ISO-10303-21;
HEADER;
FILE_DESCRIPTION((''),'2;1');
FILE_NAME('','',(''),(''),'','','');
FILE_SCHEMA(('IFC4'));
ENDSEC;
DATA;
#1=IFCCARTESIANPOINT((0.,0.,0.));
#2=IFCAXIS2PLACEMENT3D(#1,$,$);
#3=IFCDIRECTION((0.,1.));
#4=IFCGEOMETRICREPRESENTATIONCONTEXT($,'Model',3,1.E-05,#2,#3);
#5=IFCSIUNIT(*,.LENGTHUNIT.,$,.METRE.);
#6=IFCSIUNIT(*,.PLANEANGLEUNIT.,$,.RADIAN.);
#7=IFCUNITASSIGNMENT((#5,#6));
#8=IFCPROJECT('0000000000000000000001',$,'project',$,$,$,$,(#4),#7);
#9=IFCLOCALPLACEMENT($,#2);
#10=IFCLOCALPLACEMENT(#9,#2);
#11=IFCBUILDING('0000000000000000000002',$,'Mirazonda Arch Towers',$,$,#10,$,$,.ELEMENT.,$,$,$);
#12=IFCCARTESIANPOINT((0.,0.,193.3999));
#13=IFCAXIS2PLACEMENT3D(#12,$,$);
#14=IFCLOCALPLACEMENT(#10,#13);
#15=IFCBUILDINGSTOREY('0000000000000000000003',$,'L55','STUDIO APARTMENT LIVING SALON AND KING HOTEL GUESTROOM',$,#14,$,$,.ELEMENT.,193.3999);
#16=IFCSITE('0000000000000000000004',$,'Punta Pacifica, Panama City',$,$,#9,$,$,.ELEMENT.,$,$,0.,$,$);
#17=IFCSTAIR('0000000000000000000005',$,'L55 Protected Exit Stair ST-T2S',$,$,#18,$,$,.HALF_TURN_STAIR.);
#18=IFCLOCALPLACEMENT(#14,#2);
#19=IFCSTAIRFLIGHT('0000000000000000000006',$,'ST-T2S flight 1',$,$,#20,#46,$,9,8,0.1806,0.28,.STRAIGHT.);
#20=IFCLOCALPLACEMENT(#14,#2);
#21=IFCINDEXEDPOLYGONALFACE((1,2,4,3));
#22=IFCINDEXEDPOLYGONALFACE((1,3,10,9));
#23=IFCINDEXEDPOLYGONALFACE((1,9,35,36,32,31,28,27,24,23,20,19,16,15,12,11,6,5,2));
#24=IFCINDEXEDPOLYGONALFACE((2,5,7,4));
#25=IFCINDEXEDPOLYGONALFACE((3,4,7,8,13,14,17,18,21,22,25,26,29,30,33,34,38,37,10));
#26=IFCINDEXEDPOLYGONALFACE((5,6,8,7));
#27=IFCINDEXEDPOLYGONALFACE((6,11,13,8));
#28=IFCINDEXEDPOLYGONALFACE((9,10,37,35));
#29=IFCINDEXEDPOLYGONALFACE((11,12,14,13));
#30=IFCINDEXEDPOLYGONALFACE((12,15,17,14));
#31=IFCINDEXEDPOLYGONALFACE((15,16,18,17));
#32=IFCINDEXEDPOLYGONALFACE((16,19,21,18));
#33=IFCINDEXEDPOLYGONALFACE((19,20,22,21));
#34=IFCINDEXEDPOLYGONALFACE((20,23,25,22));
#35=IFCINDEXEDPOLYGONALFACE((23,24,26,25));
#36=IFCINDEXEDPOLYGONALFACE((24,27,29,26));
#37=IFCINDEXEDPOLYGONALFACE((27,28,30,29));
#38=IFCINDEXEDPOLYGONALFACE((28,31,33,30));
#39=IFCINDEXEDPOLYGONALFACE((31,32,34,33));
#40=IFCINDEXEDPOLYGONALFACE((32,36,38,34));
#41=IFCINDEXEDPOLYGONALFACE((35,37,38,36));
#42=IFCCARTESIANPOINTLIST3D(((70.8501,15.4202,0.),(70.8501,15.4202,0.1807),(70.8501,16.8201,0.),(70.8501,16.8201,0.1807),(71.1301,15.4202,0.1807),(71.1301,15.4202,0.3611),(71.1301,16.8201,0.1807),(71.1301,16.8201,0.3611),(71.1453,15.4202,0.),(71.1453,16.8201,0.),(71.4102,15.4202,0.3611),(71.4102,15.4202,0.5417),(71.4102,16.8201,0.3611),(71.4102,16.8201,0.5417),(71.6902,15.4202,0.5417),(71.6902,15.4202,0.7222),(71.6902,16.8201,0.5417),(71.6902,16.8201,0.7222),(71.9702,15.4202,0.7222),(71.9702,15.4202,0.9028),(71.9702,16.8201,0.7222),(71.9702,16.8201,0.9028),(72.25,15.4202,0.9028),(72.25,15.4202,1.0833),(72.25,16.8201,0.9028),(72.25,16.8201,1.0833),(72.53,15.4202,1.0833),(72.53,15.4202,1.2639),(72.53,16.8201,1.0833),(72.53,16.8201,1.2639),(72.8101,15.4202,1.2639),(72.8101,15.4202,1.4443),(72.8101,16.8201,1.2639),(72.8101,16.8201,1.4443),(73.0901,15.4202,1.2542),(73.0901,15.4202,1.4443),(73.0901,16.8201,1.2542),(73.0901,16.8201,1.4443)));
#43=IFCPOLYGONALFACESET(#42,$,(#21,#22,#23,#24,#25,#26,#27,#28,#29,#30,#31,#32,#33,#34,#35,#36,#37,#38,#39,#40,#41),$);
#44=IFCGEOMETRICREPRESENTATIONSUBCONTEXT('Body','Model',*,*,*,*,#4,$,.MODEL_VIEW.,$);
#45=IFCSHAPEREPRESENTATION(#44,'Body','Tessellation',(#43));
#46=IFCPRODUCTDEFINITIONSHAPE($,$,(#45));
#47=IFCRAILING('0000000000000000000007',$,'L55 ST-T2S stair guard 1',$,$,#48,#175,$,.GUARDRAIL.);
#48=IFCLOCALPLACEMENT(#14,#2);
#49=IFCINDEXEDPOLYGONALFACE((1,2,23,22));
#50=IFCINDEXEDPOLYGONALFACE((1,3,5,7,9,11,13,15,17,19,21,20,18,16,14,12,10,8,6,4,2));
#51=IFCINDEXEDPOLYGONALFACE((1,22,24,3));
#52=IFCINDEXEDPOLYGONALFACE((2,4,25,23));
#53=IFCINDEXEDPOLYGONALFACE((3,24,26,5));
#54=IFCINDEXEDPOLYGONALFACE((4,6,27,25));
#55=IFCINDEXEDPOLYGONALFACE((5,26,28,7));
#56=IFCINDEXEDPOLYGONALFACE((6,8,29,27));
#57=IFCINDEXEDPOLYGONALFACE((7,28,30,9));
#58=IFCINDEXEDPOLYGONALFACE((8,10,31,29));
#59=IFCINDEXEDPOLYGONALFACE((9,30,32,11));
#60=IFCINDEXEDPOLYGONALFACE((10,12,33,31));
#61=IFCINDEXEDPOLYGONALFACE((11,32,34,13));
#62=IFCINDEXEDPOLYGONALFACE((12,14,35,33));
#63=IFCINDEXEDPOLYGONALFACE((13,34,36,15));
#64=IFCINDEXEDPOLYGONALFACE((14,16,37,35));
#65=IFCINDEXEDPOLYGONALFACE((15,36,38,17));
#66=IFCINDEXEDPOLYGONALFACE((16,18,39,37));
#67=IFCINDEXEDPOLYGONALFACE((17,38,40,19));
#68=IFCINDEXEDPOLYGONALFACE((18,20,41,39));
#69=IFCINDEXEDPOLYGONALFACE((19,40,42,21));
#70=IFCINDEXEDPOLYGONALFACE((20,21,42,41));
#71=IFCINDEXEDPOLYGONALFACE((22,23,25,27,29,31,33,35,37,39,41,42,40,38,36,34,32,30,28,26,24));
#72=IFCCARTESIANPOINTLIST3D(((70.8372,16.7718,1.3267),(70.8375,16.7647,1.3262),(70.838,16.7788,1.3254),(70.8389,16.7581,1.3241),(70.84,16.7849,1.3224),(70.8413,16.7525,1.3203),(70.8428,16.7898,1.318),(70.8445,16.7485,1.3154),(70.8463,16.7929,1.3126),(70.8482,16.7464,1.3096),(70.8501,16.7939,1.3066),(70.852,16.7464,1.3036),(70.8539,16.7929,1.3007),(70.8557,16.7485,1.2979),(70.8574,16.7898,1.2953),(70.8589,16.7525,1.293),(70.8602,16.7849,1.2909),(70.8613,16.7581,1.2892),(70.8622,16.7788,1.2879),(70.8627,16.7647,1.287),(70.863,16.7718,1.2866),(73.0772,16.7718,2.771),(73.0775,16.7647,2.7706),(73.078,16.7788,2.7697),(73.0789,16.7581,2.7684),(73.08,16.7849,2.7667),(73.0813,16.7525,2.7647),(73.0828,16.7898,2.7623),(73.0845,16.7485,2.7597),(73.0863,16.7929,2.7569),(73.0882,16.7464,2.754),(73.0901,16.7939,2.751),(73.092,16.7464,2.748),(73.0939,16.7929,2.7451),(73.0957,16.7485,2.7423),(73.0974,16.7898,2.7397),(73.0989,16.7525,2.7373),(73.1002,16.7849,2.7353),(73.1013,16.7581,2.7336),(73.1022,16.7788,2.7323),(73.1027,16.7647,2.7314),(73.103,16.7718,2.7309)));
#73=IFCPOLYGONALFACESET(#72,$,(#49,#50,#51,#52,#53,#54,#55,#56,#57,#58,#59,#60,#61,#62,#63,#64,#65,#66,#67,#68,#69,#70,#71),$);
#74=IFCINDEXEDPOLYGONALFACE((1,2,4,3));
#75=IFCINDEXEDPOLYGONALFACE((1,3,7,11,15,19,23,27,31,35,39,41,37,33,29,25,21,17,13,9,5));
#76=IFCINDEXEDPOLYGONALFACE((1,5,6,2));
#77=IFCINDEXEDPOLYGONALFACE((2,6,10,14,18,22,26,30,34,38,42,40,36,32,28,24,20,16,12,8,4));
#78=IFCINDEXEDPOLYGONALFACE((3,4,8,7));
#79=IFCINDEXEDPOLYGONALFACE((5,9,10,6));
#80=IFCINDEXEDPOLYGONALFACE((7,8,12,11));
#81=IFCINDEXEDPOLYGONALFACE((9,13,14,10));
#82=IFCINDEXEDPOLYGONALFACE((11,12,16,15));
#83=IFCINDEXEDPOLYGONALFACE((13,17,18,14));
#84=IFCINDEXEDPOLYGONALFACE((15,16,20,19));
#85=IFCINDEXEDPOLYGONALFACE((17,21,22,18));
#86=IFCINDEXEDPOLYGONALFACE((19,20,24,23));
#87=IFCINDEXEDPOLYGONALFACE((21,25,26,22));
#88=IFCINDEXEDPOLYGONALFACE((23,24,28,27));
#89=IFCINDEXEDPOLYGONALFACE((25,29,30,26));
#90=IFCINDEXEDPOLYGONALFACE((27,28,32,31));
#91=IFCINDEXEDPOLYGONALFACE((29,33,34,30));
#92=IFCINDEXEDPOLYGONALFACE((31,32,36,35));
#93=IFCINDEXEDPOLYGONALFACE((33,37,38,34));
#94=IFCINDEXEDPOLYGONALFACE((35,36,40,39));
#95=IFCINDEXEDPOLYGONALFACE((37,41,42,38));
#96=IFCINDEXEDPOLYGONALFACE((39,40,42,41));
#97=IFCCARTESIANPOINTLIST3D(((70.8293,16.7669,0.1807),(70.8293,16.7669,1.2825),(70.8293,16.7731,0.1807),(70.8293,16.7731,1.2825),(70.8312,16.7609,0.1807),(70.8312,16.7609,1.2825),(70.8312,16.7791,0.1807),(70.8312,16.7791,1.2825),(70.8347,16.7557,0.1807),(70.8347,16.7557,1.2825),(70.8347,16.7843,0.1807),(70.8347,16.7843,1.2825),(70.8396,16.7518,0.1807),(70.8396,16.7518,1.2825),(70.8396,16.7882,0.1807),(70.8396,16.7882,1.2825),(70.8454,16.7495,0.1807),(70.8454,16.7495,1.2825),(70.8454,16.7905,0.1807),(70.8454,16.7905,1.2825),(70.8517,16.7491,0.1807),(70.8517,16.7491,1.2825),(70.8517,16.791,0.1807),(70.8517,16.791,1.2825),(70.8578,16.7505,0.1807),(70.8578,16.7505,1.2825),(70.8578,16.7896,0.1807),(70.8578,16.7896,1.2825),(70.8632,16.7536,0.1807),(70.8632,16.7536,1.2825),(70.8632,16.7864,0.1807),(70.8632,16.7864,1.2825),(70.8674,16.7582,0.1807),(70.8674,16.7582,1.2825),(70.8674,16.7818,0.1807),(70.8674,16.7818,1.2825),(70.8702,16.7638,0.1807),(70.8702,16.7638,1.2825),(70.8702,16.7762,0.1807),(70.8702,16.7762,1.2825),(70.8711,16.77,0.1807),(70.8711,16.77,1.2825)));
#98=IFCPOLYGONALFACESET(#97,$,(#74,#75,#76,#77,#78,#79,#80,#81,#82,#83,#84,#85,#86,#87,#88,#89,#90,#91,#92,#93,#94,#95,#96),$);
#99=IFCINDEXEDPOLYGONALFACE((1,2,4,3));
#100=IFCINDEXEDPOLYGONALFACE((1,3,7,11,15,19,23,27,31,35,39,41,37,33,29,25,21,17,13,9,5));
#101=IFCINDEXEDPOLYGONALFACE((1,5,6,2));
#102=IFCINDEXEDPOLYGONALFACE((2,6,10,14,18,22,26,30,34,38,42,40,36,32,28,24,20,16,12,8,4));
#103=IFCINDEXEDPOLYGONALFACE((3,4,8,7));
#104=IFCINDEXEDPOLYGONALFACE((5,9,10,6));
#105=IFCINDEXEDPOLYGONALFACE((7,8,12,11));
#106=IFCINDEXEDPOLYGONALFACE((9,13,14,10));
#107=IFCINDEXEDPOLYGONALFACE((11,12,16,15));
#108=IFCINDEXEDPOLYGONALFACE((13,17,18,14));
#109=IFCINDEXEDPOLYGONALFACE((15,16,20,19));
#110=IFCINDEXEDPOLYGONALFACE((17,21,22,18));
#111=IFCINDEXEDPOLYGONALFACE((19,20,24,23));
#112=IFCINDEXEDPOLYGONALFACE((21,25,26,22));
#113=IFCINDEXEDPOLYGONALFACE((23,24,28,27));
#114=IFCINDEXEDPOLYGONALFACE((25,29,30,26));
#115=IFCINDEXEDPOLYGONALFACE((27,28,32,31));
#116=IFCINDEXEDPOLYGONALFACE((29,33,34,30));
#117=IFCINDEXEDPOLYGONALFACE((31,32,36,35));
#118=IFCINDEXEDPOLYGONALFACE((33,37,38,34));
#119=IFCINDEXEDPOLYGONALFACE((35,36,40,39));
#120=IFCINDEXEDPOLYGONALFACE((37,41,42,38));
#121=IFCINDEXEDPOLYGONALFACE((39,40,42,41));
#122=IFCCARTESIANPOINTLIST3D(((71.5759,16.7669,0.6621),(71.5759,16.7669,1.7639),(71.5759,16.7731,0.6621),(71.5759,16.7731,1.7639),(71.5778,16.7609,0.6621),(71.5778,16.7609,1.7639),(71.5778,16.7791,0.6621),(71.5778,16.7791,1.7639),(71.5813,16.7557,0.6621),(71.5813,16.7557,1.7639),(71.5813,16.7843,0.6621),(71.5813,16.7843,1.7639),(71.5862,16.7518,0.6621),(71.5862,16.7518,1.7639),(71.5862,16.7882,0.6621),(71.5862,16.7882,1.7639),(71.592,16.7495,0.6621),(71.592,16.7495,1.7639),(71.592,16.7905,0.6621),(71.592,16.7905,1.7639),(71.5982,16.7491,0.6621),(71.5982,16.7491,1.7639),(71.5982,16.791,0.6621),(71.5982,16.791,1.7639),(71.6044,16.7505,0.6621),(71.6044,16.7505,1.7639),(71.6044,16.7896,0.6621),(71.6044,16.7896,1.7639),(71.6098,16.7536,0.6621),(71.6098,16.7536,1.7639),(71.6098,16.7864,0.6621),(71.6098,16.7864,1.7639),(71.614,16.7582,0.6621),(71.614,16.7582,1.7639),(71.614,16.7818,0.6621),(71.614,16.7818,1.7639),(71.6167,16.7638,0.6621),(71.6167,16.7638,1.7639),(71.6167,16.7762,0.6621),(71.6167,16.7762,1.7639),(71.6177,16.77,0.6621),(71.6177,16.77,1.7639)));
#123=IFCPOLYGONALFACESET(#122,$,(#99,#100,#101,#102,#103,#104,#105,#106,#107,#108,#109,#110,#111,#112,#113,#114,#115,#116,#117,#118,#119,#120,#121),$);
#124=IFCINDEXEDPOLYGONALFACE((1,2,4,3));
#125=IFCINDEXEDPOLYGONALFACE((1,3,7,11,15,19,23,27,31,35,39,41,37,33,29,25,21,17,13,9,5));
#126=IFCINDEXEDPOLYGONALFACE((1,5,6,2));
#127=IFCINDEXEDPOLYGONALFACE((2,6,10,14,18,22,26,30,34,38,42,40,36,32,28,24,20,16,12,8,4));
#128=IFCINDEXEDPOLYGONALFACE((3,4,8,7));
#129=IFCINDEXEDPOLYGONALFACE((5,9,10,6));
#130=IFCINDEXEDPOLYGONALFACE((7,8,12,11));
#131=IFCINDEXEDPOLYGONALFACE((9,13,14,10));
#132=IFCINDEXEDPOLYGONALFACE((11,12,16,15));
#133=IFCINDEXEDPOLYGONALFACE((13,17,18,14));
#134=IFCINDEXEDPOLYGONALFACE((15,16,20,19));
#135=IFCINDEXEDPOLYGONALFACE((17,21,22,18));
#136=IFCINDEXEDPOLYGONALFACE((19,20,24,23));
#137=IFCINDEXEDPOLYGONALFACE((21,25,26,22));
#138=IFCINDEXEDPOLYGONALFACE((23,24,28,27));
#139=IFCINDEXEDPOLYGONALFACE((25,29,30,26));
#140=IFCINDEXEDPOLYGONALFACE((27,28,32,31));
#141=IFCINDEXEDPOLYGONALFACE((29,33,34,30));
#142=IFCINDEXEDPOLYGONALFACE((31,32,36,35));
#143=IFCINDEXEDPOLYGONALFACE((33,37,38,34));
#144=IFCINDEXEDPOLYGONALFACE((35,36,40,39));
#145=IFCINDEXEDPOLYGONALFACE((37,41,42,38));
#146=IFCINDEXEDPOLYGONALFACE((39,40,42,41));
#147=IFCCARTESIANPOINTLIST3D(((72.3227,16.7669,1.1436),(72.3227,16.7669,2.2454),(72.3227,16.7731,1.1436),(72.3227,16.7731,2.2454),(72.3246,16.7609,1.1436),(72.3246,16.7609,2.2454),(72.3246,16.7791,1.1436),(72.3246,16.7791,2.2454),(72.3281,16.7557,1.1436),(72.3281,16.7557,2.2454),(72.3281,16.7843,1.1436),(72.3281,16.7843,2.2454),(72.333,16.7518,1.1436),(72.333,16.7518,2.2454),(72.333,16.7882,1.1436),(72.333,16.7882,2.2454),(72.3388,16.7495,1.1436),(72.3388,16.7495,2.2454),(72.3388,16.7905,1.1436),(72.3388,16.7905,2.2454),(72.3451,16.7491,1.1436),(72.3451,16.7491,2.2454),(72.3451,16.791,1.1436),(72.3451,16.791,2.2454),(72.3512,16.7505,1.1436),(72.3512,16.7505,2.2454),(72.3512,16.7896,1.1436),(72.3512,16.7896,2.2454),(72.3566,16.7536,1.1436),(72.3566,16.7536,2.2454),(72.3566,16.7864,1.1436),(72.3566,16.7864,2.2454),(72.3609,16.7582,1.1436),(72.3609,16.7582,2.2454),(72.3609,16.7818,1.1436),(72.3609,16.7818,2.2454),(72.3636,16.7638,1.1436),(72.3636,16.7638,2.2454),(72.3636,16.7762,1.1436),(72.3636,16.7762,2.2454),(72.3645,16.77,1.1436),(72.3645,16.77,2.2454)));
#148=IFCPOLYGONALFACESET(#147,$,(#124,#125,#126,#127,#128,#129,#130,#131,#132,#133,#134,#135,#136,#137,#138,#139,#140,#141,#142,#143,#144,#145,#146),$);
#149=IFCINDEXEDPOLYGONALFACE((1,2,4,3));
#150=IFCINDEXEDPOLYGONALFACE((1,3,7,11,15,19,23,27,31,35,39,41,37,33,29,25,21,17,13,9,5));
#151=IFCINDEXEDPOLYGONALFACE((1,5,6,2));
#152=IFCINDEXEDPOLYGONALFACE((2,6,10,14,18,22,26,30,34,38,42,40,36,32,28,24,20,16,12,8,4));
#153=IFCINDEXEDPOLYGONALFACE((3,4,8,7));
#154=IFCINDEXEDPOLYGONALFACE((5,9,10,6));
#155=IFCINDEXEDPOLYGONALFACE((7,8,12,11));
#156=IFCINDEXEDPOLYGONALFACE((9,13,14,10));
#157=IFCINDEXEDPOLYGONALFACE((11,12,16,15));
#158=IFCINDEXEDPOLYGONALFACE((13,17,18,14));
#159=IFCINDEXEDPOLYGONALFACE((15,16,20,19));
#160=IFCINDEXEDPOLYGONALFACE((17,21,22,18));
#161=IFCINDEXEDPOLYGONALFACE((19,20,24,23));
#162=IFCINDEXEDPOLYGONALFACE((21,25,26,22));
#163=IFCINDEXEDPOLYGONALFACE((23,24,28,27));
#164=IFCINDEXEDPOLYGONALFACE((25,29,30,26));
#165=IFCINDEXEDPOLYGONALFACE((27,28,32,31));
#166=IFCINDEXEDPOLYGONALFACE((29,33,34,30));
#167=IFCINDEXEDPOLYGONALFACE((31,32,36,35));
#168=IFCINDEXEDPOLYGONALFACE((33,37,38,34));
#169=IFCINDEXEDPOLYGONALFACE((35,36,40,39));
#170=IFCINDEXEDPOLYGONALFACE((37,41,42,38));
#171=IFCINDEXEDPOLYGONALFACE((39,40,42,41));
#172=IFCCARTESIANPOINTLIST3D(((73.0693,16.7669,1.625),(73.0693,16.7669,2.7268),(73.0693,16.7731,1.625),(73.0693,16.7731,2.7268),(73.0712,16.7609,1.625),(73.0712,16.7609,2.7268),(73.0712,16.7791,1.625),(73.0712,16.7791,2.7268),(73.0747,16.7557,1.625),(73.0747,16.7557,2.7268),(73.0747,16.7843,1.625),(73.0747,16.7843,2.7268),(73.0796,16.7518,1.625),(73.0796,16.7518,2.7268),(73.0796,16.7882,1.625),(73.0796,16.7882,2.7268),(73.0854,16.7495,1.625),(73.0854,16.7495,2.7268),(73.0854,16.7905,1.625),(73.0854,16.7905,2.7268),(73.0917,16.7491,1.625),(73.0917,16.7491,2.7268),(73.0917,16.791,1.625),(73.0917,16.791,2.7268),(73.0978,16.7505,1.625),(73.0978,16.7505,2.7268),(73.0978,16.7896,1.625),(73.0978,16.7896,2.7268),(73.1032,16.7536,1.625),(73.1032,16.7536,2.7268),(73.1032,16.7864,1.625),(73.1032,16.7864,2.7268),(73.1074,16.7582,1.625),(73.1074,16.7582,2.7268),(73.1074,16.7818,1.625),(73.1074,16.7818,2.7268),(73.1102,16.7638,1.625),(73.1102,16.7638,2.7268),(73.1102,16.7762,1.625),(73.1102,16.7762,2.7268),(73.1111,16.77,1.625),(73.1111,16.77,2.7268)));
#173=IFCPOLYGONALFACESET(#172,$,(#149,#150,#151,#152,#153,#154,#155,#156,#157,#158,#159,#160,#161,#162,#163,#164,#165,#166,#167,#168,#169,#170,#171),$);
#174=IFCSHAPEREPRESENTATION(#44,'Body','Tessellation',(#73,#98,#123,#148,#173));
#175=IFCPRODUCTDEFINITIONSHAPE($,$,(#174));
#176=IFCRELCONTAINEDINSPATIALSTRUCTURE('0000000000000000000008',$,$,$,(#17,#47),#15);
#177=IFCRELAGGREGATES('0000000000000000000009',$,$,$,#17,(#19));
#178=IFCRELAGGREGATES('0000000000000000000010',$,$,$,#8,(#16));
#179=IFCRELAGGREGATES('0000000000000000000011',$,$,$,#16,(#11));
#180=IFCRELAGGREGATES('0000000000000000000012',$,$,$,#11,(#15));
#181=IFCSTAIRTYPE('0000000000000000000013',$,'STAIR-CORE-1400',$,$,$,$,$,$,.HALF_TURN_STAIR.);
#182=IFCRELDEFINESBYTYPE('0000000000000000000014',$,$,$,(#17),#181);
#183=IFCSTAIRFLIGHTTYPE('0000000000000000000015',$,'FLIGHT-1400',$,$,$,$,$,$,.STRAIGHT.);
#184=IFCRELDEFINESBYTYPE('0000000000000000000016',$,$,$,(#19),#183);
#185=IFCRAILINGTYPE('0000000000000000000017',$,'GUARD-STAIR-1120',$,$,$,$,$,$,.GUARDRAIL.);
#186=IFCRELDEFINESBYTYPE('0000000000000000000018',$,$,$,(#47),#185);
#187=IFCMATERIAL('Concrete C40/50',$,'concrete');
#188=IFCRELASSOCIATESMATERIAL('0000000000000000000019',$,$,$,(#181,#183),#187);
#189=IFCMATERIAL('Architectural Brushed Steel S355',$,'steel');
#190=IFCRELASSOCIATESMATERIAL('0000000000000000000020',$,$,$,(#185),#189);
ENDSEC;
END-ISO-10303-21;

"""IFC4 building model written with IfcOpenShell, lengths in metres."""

from ifc_helpers import new_model, si_unit, direction, frame, origin, origin_2d, place, context, subcontext, project, spatial, polyline, circle, outline, extrude, material, type_object, element, aggregate, save


model = new_model("IFC4")

# Units and contexts
model_context = context("Model", 3, precision=1e-05, world=origin(), true_north=direction((0.0, 1.0)))
body_context = subcontext(model_context, "Body", "Model", "MODEL_VIEW")
ifc_project = project(units=[si_unit("LENGTHUNIT", "METRE"), si_unit("PLANEANGLEUNIT", "RADIAN")], contexts=[model_context])

# Site, building, storey
site_placement = place(None, origin())
site = spatial("IfcSite", under=ifc_project, at=site_placement, Name="Punta Pacifica, Panama City", CompositionType="ELEMENT", RefElevation=0.0)
building_placement = place(site_placement, origin())
building = spatial("IfcBuilding", under=site, at=building_placement, Name="Mirazonda Arch Towers", CompositionType="ELEMENT")
storey_placement = place(building_placement, frame((0.0, 0.0, 193.3999)))
storey = spatial("IfcBuildingStorey", under=building, at=storey_placement, Name="L55", Description="STUDIO APARTMENT LIVING SALON AND KING HOTEL GUESTROOM", CompositionType="ELEMENT", Elevation=193.3999)

# Stair, stair flight
ifc_material_1 = material(Name="Concrete C40/50", Category="concrete")
stair_type = type_object("IfcStairType", Name="STAIR-CORE-1400", PredefinedType="HALF_TURN_STAIR", material=ifc_material_1)
stair_placement = place(storey_placement, origin())
stair = element("IfcStair", 1, at=stair_placement, inside=storey, type_object=stair_type, Name="L55 Protected Exit Stair ST-T2S", PredefinedType="HALF_TURN_STAIR")
stair_flight_type = type_object("IfcStairFlightType", Name="FLIGHT-1400", PredefinedType="STRAIGHT", material=ifc_material_1)
stair_flight_placement = place(storey_placement, frame((70.8501, 16.1201, 0.0), z_axis=(0.0, 0.0, 1.0), x_axis=(1.0, 0.0, 0.0)))
stair_flight = element("IfcStairFlight", 2, at=stair_flight_placement, type_object=stair_flight_type, Name="ST-T2S flight 1", NumberOfRisers=9, NumberOfTreads=8, PredefinedType="STRAIGHT", RiserHeight=0.1806, TreadLength=0.28, context=body_context, shape_type="SweptSolid", body=[
    extrude(outline(polyline([(0.0, 0.0), (0.0, 0.1807), (0.28, 0.1807), (0.28, 0.3611), (0.5601, 0.3611), (0.5601, 0.5417), (0.8401, 0.5417), (0.8401, 0.7222), (1.1201, 0.7222), (1.1201, 0.9028), (1.3999, 0.9028), (1.3999, 1.0833), (1.6799, 1.0833), (1.6799, 1.2639), (1.96, 1.2639), (1.96, 1.4443), (2.24, 1.4443), (2.24, 1.625), (2.24, 1.2542), (0.2952, 0.0), (0.0, 0.0)])), frame((0.0, 0.7, 0.0), z_axis=(0.0, -1.0, 0.0), x_axis=(1.0, 0.0, 0.0)), (0.0, 0.0, 1.0), 1.3999),
])
aggregate(stair, [stair_flight])

# Railing
ifc_material_2 = material(Name="Architectural Brushed Steel S355", Category="steel")
railing_type_1 = type_object("IfcRailingType", Name="GUARD-STAIR-1120", PredefinedType="GUARDRAIL", material=ifc_material_2)
railing_1_placement = place(storey_placement, frame((70.8501, 16.77, 0.1807)))
element("IfcRailing", 3, at=railing_1_placement, inside=storey, type_object=railing_type_1, Name="L55 ST-T2S stair guard 1", PredefinedType="GUARDRAIL", context=body_context, shape_type="SweptSolid", body=[
    extrude(circle(Radius=0.0239, at=origin_2d()), frame((0.0, 0.0, 1.126), z_axis=(0.840437, 0.0, 0.54191), x_axis=(0.0, 1.0, 0.0)), (0.0, 0.0, 1.0), 2.6653),
    extrude(circle(Radius=0.021, at=origin_2d()), origin(), (0.0, 0.0, 1.0), 1.1018),
    extrude(circle(Radius=0.021, at=origin_2d()), frame((0.7466, 0.0, 0.4814)), (0.0, 0.0, 1.0), 1.1018),
    extrude(circle(Radius=0.021, at=origin_2d()), frame((1.4934, 0.0, 0.9629)), (0.0, 0.0, 1.0), 1.1018),
    extrude(circle(Radius=0.021, at=origin_2d()), frame((2.24, 0.0, 1.4443)), (0.0, 0.0, 1.0), 1.1018),
])

save(model, "model.ifc")
